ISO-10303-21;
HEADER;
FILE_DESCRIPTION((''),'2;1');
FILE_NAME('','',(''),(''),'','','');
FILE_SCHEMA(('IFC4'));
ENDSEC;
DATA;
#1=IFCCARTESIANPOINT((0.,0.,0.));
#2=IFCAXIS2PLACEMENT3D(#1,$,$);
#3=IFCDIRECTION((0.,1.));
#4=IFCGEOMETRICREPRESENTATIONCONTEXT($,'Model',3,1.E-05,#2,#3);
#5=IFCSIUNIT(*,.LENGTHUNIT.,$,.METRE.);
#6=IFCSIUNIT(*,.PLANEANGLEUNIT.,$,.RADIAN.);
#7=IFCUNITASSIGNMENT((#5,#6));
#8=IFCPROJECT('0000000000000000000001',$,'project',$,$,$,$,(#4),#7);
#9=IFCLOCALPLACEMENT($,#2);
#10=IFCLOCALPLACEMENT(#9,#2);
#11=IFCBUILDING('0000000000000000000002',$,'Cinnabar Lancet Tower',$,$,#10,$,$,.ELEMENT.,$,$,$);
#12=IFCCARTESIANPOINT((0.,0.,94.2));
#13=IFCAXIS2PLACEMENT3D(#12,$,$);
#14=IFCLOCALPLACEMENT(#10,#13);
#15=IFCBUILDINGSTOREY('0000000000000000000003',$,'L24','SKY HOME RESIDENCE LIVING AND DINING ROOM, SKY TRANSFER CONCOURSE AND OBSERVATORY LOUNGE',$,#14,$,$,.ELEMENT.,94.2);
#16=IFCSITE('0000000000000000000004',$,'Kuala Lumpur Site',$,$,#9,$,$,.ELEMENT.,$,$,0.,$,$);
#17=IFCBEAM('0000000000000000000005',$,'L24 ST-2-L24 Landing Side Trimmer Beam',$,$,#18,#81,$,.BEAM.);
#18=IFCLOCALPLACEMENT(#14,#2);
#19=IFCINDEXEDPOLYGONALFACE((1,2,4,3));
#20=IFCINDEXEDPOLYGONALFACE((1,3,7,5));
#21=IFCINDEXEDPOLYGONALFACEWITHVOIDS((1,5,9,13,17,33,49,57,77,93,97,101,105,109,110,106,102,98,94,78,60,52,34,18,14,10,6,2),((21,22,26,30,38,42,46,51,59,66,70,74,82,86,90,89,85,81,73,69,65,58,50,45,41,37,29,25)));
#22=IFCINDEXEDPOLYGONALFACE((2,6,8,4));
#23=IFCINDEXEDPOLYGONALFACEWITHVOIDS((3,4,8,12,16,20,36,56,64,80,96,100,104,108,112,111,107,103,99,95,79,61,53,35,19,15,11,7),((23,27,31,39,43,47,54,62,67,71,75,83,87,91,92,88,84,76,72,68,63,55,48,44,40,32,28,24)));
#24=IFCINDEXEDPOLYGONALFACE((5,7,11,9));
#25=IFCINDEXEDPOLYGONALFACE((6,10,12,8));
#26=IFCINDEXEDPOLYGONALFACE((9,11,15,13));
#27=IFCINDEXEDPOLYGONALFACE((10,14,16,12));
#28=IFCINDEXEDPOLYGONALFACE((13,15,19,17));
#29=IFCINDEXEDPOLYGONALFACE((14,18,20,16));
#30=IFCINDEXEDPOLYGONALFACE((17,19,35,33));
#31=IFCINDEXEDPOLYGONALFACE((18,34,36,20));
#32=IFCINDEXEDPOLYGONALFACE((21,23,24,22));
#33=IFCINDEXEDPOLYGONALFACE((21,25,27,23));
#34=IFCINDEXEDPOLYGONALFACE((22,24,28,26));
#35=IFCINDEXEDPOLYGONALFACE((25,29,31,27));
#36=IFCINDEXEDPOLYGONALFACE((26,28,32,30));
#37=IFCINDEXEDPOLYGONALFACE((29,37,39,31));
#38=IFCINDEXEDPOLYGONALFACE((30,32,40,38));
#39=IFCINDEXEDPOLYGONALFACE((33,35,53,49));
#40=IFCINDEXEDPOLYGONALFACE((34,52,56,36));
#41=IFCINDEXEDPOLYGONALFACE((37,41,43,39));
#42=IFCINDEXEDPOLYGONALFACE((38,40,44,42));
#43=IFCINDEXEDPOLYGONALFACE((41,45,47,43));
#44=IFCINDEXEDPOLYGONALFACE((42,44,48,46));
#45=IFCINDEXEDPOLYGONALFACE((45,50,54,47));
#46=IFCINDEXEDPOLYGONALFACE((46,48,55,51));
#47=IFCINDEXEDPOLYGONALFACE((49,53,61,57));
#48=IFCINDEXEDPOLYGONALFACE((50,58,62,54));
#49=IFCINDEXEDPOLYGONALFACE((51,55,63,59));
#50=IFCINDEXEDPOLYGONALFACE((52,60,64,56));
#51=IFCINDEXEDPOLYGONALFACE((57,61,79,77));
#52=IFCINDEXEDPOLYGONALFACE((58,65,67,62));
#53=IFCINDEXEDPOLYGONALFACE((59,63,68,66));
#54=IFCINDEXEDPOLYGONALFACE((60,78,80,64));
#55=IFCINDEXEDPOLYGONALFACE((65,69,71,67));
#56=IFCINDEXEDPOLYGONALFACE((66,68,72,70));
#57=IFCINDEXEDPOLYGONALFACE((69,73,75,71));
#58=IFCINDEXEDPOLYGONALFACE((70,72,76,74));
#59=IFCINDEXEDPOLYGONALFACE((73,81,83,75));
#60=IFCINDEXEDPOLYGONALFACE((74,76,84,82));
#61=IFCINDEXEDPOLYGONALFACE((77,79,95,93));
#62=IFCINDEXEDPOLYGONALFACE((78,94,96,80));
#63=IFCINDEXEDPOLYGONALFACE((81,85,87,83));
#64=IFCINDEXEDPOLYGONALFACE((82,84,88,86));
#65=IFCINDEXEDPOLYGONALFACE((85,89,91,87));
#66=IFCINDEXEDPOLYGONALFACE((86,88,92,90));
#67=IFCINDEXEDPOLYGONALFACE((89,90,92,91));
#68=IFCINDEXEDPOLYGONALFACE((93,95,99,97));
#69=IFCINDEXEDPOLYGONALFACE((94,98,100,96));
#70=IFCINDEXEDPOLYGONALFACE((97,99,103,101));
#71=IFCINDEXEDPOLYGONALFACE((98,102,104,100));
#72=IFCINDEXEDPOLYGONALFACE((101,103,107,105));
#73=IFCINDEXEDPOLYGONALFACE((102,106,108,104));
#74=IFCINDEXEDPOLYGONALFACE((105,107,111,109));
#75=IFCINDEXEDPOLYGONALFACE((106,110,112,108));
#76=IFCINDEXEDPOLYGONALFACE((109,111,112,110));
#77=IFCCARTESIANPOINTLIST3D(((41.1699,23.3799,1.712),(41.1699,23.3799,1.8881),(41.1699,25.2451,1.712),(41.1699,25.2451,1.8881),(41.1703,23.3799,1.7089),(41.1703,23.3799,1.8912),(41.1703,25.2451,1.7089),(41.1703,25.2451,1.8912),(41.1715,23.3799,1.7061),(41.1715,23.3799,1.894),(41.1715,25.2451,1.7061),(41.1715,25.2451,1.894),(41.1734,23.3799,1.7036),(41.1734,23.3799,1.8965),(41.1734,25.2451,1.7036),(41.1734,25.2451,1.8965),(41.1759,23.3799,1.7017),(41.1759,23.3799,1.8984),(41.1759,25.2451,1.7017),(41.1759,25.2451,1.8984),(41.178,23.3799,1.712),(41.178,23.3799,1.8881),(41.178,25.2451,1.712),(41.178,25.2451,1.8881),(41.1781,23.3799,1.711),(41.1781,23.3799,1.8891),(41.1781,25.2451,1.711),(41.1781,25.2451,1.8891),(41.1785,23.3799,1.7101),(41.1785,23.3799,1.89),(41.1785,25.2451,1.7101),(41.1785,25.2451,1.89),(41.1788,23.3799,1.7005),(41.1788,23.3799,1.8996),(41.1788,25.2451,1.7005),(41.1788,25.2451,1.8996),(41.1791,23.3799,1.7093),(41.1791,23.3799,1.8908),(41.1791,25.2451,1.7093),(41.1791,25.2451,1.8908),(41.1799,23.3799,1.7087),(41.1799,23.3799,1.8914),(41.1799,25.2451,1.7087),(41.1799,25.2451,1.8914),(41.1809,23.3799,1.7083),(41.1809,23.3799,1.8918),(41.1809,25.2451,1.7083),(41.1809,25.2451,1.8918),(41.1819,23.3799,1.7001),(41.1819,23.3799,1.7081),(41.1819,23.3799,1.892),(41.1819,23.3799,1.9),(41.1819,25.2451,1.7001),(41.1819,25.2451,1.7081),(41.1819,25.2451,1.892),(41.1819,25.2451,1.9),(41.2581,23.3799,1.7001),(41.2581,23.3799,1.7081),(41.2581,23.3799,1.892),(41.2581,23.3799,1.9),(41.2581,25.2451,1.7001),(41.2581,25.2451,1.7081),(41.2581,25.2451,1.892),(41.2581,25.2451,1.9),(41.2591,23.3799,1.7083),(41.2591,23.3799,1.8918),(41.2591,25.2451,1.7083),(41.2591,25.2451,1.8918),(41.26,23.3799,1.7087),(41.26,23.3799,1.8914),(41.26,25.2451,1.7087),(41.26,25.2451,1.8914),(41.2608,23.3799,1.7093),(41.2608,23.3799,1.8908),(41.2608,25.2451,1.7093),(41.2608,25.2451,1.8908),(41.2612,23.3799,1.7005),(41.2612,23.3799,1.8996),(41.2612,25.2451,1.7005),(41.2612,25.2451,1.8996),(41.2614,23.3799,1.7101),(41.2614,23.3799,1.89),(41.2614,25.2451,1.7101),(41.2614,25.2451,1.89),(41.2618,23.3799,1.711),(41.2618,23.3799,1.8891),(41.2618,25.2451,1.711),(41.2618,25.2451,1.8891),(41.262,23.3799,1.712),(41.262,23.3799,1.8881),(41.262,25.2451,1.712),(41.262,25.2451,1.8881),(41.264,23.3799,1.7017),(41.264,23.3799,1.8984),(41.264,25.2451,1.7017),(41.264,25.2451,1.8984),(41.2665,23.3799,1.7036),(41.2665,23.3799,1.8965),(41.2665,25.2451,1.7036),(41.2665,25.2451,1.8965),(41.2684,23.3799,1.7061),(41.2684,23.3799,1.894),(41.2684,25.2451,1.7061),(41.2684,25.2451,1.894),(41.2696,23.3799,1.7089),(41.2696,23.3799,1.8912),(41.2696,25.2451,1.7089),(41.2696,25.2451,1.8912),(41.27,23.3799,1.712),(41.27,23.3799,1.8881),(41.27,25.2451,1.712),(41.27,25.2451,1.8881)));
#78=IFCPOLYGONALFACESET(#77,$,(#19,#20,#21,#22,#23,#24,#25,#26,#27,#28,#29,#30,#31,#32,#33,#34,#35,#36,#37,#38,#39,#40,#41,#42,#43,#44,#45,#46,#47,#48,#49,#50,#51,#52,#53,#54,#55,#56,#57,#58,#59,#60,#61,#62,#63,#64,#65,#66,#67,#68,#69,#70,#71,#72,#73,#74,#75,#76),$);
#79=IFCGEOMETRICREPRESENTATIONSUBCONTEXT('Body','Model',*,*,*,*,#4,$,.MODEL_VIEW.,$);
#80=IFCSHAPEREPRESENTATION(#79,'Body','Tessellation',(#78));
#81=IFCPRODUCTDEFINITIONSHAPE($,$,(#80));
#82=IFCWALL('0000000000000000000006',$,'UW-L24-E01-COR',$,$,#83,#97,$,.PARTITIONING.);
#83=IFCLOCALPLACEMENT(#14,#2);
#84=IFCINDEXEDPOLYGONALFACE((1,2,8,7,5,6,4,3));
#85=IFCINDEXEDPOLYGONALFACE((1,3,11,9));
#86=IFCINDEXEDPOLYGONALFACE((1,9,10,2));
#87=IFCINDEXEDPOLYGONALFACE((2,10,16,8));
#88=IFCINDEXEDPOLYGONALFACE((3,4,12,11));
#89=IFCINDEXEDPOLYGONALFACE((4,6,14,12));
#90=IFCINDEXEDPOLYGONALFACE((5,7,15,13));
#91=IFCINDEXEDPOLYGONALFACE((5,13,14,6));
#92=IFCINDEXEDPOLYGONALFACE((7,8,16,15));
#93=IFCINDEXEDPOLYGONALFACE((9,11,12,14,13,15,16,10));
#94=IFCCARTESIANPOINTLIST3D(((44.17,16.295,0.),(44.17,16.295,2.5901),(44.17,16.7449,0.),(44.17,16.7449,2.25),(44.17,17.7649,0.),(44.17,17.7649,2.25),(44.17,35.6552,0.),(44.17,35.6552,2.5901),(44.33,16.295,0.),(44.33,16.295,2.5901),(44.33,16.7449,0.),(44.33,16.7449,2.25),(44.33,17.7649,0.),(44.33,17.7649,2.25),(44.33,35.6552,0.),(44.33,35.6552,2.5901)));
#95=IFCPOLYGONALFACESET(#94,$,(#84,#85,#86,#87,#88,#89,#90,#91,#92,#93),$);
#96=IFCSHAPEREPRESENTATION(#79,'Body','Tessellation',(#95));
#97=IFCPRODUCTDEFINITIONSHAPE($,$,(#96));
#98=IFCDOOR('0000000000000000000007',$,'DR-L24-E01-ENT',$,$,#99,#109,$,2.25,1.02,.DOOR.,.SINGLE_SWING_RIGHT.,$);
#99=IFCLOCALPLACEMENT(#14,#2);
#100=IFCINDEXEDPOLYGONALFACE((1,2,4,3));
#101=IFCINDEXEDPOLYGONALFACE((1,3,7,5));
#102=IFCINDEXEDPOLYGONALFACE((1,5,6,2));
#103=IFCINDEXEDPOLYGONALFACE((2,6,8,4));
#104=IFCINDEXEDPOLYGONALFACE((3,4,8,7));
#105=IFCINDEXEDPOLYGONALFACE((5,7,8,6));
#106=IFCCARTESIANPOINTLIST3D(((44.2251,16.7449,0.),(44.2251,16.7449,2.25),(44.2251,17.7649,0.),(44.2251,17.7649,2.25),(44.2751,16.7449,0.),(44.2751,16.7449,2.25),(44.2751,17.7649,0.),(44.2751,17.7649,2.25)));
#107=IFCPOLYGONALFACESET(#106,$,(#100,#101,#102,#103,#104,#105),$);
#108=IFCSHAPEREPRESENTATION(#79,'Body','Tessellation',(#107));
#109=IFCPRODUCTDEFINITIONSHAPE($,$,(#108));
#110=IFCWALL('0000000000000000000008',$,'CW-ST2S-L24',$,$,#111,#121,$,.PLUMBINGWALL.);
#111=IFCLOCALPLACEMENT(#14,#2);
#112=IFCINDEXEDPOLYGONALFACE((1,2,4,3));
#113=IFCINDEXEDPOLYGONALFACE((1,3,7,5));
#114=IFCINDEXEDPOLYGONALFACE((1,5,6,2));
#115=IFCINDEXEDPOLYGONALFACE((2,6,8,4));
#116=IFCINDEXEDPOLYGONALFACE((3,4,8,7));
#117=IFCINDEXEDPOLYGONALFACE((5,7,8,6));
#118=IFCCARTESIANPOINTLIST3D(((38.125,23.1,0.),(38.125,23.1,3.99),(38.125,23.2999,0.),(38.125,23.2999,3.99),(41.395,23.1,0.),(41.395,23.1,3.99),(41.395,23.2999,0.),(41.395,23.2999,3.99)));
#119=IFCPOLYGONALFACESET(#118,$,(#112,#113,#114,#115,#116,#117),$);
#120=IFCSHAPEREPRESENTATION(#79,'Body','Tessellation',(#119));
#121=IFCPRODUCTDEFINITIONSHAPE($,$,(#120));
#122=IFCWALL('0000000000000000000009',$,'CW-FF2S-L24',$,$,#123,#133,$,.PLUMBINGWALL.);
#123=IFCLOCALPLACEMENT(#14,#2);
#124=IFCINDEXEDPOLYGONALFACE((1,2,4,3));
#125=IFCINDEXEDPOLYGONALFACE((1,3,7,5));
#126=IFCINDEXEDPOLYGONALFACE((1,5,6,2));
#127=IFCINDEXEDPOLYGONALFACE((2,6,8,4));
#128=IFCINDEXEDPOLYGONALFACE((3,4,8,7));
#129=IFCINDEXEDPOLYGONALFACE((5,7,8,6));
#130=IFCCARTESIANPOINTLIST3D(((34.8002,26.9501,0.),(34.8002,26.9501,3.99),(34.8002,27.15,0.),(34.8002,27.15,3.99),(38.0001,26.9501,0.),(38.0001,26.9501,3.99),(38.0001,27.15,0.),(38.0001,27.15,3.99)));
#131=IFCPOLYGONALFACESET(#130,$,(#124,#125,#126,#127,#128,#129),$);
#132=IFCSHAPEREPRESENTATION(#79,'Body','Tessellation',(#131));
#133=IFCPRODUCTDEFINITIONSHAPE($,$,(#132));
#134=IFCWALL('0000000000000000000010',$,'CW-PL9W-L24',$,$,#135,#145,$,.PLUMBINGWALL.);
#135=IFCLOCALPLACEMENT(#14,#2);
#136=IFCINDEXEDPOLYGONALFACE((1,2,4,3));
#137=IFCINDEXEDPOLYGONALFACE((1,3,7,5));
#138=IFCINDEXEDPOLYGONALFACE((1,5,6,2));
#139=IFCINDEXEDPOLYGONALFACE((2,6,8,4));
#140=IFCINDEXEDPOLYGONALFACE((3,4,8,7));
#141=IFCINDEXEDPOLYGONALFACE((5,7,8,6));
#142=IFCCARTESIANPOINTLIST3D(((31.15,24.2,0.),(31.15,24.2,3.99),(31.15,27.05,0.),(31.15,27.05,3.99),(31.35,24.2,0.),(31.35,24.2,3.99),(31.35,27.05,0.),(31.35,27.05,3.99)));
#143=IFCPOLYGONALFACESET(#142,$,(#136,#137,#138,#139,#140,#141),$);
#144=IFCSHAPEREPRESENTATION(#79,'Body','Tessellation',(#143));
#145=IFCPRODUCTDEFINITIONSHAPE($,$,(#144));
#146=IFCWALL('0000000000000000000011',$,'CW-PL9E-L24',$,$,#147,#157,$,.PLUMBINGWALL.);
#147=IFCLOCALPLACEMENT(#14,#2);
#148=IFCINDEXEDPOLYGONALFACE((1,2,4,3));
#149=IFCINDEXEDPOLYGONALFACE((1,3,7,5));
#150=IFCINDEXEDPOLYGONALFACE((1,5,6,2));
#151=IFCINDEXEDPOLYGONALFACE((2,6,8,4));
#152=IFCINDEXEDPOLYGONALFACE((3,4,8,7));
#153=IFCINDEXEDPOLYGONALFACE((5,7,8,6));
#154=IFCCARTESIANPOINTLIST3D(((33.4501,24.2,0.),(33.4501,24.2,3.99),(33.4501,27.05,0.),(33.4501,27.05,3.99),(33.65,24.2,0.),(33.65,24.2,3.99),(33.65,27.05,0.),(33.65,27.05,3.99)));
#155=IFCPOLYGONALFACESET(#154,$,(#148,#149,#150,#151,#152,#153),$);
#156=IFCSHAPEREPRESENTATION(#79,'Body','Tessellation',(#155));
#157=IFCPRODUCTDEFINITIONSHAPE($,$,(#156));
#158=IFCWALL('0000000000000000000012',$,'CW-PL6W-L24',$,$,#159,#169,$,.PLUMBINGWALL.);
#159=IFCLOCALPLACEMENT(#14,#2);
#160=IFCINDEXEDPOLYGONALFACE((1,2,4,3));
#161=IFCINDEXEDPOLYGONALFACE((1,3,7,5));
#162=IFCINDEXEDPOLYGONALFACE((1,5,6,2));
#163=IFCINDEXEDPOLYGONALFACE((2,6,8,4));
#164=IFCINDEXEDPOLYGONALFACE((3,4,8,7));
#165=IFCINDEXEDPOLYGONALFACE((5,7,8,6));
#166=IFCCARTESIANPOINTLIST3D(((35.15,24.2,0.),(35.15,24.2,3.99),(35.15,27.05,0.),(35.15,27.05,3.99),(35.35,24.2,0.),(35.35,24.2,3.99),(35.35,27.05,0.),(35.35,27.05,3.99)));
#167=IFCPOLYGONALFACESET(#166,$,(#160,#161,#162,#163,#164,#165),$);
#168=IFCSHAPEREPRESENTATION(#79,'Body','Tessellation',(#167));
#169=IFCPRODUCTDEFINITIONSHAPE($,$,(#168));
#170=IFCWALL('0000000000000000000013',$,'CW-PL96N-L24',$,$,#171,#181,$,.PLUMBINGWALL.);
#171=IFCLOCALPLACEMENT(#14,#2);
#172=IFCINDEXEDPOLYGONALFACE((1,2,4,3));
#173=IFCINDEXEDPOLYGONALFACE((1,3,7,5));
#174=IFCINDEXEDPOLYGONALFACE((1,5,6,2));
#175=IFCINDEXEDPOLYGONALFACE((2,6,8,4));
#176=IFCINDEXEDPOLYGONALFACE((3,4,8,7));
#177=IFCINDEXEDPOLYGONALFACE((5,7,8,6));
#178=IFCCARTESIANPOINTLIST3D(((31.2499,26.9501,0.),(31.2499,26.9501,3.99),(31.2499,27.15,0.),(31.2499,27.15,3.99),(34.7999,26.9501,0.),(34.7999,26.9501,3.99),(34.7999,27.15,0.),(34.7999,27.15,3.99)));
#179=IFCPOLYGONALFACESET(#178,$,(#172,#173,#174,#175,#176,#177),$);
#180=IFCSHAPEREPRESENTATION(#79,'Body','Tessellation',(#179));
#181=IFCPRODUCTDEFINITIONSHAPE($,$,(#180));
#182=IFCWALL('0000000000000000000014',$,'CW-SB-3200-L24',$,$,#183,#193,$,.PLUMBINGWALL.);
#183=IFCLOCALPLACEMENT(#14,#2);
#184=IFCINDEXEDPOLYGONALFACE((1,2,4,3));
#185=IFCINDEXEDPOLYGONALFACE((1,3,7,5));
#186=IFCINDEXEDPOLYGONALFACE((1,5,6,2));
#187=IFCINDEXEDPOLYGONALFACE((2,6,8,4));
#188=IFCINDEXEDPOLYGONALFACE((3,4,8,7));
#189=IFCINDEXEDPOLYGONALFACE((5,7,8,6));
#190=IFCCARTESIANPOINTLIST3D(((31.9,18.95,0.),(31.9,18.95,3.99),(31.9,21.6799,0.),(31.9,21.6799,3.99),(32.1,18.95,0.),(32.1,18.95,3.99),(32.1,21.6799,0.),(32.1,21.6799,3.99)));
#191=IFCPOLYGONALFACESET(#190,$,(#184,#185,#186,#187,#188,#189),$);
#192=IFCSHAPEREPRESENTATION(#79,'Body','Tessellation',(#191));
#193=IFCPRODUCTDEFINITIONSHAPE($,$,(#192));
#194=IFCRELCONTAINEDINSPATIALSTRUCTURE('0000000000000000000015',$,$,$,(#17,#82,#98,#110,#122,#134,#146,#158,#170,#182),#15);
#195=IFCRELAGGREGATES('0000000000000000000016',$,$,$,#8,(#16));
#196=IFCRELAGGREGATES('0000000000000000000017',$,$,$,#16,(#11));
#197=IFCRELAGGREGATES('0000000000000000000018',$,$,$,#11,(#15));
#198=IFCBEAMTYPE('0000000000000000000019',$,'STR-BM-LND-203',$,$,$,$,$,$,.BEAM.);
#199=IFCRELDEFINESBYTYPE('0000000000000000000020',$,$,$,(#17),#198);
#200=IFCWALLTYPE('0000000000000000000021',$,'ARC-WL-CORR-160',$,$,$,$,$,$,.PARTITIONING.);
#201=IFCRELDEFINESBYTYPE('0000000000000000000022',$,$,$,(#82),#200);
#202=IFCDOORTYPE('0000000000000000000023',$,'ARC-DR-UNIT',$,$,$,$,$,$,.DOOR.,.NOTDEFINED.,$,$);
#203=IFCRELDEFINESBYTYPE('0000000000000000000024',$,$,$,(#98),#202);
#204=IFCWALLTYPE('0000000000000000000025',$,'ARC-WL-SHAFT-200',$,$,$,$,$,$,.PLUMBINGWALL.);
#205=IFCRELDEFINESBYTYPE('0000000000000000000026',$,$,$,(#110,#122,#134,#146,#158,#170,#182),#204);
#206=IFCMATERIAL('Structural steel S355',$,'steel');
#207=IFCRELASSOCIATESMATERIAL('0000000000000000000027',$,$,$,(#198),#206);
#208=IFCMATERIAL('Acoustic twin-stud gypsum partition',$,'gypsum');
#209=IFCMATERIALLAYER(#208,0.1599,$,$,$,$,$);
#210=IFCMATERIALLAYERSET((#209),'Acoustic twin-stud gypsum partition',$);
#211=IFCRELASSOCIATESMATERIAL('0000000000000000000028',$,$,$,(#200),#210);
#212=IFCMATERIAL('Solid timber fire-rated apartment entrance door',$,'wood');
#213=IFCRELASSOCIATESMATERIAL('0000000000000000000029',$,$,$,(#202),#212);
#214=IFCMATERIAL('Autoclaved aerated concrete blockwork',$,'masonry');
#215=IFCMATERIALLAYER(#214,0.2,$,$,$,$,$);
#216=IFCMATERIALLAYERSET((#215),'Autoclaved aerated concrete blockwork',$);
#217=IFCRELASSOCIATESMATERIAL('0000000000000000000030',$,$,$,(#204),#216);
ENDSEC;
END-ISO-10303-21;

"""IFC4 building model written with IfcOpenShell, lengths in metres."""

from ifc_helpers import new_model, si_unit, direction, frame, frame_2d, origin, origin_2d, place, context, subcontext, project, spatial, rectangle, hollow_rectangle, extrude, material, layer, layer_set, material_profile, profile_set, type_object, element, fill, save


model = new_model("IFC4")

# Units and contexts
model_context = context("Model", 3, precision=1e-05, world=origin(), true_north=direction((0.0, 1.0)))
body_context = subcontext(model_context, "Body", "Model", "MODEL_VIEW")
ifc_project = project(units=[si_unit("LENGTHUNIT", "METRE"), si_unit("PLANEANGLEUNIT", "RADIAN")], contexts=[model_context])

# Site, building, storey
site_placement = place(None, origin())
site = spatial("IfcSite", under=ifc_project, at=site_placement, Name="Kuala Lumpur Site", CompositionType="ELEMENT", RefElevation=0.0)
building_placement = place(site_placement, origin())
building = spatial("IfcBuilding", under=site, at=building_placement, Name="Cinnabar Lancet Tower", CompositionType="ELEMENT")
storey_placement = place(building_placement, frame((0.0, 0.0, 94.2)))
storey = spatial("IfcBuildingStorey", under=building, at=storey_placement, Name="L24", Description="SKY HOME RESIDENCE LIVING AND DINING ROOM, SKY TRANSFER CONCOURSE AND OBSERVATORY LOUNGE", CompositionType="ELEMENT", Elevation=94.2)

# Beam
ifc_material_1 = material(Name="Structural steel S355", Category="steel")
ifc_material_profile_1 = material_profile(ifc_material_1, hollow_rectangle(XDim=0.1001, YDim=0.2, WallThickness=0.0081, InnerFilletRadius=0.0039, OuterFilletRadius=0.012, at=origin_2d()), Name="RHS 200x100x8")
ifc_profile_set_1 = profile_set([ifc_material_profile_1], Name="Structural steel S355")
beam_type_1 = type_object("IfcBeamType", Name="STR-BM-LND-203", PredefinedType="BEAM", material=ifc_profile_set_1)
beam_1_placement = place(storey_placement, frame((41.22, 23.3799, 1.8), z_axis=(0.0, 1.0, 0.0), x_axis=(-1.0, 0.0, 0.0)))
element("IfcBeam", 1, at=beam_1_placement, inside=storey, type_object=beam_type_1, Name="L24 ST-2-L24 Landing Side Trimmer Beam", PredefinedType="BEAM", context=body_context, shape_type="SweptSolid", body=[
    extrude(hollow_rectangle(XDim=0.1001, YDim=0.2, WallThickness=0.0081, InnerFilletRadius=0.0039, OuterFilletRadius=0.012, at=origin_2d()), origin(), (0.0, 0.0, 1.0), 1.8652),
])

# Wall, opening, door
ifc_material_2 = material(Name="Acoustic twin-stud gypsum partition", Category="gypsum")
ifc_layer_1 = layer(ifc_material_2, 0.1599)
ifc_layer_set_1 = layer_set([ifc_layer_1], Name="Acoustic twin-stud gypsum partition")
wall_type_1 = type_object("IfcWallType", Name="ARC-WL-CORR-160", PredefinedType="PARTITIONING", material=ifc_layer_set_1)
wall_1_placement = place(storey_placement, frame((44.25, 16.2949, 0.0), z_axis=(0.0, 0.0, 1.0), x_axis=(0.0, 1.0, 0.0)))
wall_1 = element("IfcWall", 2, at=wall_1_placement, inside=storey, type_object=wall_type_1, Name="UW-L24-E01-COR", PredefinedType="PARTITIONING", context=body_context, shape_type="SweptSolid", body=[
    extrude(rectangle(XDim=19.3601, YDim=0.1599, at=frame_2d((9.6802, 0.0))), origin(), (0.0, 0.0, 1.0), 2.5901),
])
opening_1_placement = place(wall_1_placement, frame((0.45, 0.0, 0.0)))
opening_1 = element("IfcOpeningElement", 3, at=opening_1_placement, cuts=wall_1, PredefinedType="OPENING", context=body_context, shape_type="SweptSolid", body=[
    extrude(rectangle(XDim=1.02, YDim=2.25, at=frame_2d((0.51, 1.125))), frame((0.0, 0.0898, 0.0), z_axis=(0.0, -1.0, 0.0), x_axis=(1.0, 0.0, 0.0)), (0.0, 0.0, 1.0), 0.1799),
])
ifc_material_3 = material(Name="Solid timber fire-rated apartment entrance door", Category="wood")
door_type_1 = type_object("IfcDoorType", Name="ARC-DR-UNIT", OperationType="NOTDEFINED", PredefinedType="DOOR", material=ifc_material_3)
door_1_placement = place(opening_1_placement, origin())
door_1 = element("IfcDoor", 4, at=door_1_placement, inside=storey, type_object=door_type_1, Name="DR-L24-E01-ENT", OperationType="SINGLE_SWING_RIGHT", OverallHeight=2.25, OverallWidth=1.02, PredefinedType="DOOR", context=body_context, shape_type="SweptSolid", body=[
    extrude(rectangle(XDim=1.02, YDim=2.25, at=frame_2d((0.51, 1.125))), frame((0.0, 0.0249, 0.0), z_axis=(0.0, -1.0, 0.0), x_axis=(1.0, 0.0, 0.0)), (0.0, 0.0, 1.0), 0.05),
])
fill(opening_1, door_1)

# Wall
ifc_material_4 = material(Name="Autoclaved aerated concrete blockwork", Category="masonry")
ifc_layer_2 = layer(ifc_material_4, 0.2)
ifc_layer_set_2 = layer_set([ifc_layer_2], Name="Autoclaved aerated concrete blockwork")
wall_type_2 = type_object("IfcWallType", Name="ARC-WL-SHAFT-200", PredefinedType="PLUMBINGWALL", material=ifc_layer_set_2)
wall_2_placement = place(storey_placement, frame((38.125, 23.2, 0.0), z_axis=(0.0, 0.0, 1.0), x_axis=(1.0, 0.0, 0.0)))
element("IfcWall", 5, at=wall_2_placement, inside=storey, type_object=wall_type_2, Name="CW-ST2S-L24", PredefinedType="PLUMBINGWALL", context=body_context, shape_type="SweptSolid", body=[
    extrude(rectangle(XDim=3.27, YDim=0.2, at=frame_2d((1.635, 0.0))), origin(), (0.0, 0.0, 1.0), 3.99),
])

# Walls
wall_3_placement = place(storey_placement, frame((34.8, 27.05, 0.0), z_axis=(0.0, 0.0, 1.0), x_axis=(1.0, 0.0, 0.0)))
element("IfcWall", 6, at=wall_3_placement, inside=storey, type_object=wall_type_2, Name="CW-FF2S-L24", PredefinedType="PLUMBINGWALL", context=body_context, shape_type="SweptSolid", body=[
    extrude(rectangle(XDim=3.2, YDim=0.2, at=frame_2d((1.6001, 0.0))), origin(), (0.0, 0.0, 1.0), 3.99),
])
for number, where, z_axis, x_axis, name in (
    (7, (31.25, 24.2, 0.0), (0.0, 0.0, 1.0), (0.0, 1.0, 0.0), "CW-PL9W-L24"),
    (8, (33.55, 24.2, 0.0), (0.0, 0.0, 1.0), (0.0, 1.0, 0.0), "CW-PL9E-L24"),
    (9, (35.25, 24.2, 0.0), (0.0, 0.0, 1.0), (0.0, 1.0, 0.0), "CW-PL6W-L24"),
):
    element("IfcWall", number, at=place(storey_placement, frame(where, z_axis=z_axis, x_axis=x_axis)), inside=storey, type_object=wall_type_2, Name=name, PredefinedType="PLUMBINGWALL", context=body_context, shape_type="SweptSolid", body=[
        extrude(rectangle(XDim=2.8501, YDim=0.2, at=frame_2d((1.425, 0.0))), origin(), (0.0, 0.0, 1.0), 3.99),
    ])
wall_4_placement = place(storey_placement, frame((31.25, 27.05, 0.0), z_axis=(0.0, 0.0, 1.0), x_axis=(1.0, 0.0, 0.0)))
element("IfcWall", 10, at=wall_4_placement, inside=storey, type_object=wall_type_2, Name="CW-PL96N-L24", PredefinedType="PLUMBINGWALL", context=body_context, shape_type="SweptSolid", body=[
    extrude(rectangle(XDim=3.55, YDim=0.2, at=frame_2d((1.7749, 0.0))), origin(), (0.0, 0.0, 1.0), 3.99),
])
for number, where, z_axis, x_axis, name in (
    (11, (32.0, 18.95, 0.0), (0.0, 0.0, 1.0), (0.0, 1.0, 0.0), "CW-SB-3200-L24"),
):
    element("IfcWall", number, at=place(storey_placement, frame(where, z_axis=z_axis, x_axis=x_axis)), inside=storey, type_object=wall_type_2, Name=name, PredefinedType="PLUMBINGWALL", context=body_context, shape_type="SweptSolid", body=[
        extrude(rectangle(XDim=2.73, YDim=0.2, at=frame_2d((1.365, 0.0))), origin(), (0.0, 0.0, 1.0), 3.99),
    ])

save(model, "model.ifc")
